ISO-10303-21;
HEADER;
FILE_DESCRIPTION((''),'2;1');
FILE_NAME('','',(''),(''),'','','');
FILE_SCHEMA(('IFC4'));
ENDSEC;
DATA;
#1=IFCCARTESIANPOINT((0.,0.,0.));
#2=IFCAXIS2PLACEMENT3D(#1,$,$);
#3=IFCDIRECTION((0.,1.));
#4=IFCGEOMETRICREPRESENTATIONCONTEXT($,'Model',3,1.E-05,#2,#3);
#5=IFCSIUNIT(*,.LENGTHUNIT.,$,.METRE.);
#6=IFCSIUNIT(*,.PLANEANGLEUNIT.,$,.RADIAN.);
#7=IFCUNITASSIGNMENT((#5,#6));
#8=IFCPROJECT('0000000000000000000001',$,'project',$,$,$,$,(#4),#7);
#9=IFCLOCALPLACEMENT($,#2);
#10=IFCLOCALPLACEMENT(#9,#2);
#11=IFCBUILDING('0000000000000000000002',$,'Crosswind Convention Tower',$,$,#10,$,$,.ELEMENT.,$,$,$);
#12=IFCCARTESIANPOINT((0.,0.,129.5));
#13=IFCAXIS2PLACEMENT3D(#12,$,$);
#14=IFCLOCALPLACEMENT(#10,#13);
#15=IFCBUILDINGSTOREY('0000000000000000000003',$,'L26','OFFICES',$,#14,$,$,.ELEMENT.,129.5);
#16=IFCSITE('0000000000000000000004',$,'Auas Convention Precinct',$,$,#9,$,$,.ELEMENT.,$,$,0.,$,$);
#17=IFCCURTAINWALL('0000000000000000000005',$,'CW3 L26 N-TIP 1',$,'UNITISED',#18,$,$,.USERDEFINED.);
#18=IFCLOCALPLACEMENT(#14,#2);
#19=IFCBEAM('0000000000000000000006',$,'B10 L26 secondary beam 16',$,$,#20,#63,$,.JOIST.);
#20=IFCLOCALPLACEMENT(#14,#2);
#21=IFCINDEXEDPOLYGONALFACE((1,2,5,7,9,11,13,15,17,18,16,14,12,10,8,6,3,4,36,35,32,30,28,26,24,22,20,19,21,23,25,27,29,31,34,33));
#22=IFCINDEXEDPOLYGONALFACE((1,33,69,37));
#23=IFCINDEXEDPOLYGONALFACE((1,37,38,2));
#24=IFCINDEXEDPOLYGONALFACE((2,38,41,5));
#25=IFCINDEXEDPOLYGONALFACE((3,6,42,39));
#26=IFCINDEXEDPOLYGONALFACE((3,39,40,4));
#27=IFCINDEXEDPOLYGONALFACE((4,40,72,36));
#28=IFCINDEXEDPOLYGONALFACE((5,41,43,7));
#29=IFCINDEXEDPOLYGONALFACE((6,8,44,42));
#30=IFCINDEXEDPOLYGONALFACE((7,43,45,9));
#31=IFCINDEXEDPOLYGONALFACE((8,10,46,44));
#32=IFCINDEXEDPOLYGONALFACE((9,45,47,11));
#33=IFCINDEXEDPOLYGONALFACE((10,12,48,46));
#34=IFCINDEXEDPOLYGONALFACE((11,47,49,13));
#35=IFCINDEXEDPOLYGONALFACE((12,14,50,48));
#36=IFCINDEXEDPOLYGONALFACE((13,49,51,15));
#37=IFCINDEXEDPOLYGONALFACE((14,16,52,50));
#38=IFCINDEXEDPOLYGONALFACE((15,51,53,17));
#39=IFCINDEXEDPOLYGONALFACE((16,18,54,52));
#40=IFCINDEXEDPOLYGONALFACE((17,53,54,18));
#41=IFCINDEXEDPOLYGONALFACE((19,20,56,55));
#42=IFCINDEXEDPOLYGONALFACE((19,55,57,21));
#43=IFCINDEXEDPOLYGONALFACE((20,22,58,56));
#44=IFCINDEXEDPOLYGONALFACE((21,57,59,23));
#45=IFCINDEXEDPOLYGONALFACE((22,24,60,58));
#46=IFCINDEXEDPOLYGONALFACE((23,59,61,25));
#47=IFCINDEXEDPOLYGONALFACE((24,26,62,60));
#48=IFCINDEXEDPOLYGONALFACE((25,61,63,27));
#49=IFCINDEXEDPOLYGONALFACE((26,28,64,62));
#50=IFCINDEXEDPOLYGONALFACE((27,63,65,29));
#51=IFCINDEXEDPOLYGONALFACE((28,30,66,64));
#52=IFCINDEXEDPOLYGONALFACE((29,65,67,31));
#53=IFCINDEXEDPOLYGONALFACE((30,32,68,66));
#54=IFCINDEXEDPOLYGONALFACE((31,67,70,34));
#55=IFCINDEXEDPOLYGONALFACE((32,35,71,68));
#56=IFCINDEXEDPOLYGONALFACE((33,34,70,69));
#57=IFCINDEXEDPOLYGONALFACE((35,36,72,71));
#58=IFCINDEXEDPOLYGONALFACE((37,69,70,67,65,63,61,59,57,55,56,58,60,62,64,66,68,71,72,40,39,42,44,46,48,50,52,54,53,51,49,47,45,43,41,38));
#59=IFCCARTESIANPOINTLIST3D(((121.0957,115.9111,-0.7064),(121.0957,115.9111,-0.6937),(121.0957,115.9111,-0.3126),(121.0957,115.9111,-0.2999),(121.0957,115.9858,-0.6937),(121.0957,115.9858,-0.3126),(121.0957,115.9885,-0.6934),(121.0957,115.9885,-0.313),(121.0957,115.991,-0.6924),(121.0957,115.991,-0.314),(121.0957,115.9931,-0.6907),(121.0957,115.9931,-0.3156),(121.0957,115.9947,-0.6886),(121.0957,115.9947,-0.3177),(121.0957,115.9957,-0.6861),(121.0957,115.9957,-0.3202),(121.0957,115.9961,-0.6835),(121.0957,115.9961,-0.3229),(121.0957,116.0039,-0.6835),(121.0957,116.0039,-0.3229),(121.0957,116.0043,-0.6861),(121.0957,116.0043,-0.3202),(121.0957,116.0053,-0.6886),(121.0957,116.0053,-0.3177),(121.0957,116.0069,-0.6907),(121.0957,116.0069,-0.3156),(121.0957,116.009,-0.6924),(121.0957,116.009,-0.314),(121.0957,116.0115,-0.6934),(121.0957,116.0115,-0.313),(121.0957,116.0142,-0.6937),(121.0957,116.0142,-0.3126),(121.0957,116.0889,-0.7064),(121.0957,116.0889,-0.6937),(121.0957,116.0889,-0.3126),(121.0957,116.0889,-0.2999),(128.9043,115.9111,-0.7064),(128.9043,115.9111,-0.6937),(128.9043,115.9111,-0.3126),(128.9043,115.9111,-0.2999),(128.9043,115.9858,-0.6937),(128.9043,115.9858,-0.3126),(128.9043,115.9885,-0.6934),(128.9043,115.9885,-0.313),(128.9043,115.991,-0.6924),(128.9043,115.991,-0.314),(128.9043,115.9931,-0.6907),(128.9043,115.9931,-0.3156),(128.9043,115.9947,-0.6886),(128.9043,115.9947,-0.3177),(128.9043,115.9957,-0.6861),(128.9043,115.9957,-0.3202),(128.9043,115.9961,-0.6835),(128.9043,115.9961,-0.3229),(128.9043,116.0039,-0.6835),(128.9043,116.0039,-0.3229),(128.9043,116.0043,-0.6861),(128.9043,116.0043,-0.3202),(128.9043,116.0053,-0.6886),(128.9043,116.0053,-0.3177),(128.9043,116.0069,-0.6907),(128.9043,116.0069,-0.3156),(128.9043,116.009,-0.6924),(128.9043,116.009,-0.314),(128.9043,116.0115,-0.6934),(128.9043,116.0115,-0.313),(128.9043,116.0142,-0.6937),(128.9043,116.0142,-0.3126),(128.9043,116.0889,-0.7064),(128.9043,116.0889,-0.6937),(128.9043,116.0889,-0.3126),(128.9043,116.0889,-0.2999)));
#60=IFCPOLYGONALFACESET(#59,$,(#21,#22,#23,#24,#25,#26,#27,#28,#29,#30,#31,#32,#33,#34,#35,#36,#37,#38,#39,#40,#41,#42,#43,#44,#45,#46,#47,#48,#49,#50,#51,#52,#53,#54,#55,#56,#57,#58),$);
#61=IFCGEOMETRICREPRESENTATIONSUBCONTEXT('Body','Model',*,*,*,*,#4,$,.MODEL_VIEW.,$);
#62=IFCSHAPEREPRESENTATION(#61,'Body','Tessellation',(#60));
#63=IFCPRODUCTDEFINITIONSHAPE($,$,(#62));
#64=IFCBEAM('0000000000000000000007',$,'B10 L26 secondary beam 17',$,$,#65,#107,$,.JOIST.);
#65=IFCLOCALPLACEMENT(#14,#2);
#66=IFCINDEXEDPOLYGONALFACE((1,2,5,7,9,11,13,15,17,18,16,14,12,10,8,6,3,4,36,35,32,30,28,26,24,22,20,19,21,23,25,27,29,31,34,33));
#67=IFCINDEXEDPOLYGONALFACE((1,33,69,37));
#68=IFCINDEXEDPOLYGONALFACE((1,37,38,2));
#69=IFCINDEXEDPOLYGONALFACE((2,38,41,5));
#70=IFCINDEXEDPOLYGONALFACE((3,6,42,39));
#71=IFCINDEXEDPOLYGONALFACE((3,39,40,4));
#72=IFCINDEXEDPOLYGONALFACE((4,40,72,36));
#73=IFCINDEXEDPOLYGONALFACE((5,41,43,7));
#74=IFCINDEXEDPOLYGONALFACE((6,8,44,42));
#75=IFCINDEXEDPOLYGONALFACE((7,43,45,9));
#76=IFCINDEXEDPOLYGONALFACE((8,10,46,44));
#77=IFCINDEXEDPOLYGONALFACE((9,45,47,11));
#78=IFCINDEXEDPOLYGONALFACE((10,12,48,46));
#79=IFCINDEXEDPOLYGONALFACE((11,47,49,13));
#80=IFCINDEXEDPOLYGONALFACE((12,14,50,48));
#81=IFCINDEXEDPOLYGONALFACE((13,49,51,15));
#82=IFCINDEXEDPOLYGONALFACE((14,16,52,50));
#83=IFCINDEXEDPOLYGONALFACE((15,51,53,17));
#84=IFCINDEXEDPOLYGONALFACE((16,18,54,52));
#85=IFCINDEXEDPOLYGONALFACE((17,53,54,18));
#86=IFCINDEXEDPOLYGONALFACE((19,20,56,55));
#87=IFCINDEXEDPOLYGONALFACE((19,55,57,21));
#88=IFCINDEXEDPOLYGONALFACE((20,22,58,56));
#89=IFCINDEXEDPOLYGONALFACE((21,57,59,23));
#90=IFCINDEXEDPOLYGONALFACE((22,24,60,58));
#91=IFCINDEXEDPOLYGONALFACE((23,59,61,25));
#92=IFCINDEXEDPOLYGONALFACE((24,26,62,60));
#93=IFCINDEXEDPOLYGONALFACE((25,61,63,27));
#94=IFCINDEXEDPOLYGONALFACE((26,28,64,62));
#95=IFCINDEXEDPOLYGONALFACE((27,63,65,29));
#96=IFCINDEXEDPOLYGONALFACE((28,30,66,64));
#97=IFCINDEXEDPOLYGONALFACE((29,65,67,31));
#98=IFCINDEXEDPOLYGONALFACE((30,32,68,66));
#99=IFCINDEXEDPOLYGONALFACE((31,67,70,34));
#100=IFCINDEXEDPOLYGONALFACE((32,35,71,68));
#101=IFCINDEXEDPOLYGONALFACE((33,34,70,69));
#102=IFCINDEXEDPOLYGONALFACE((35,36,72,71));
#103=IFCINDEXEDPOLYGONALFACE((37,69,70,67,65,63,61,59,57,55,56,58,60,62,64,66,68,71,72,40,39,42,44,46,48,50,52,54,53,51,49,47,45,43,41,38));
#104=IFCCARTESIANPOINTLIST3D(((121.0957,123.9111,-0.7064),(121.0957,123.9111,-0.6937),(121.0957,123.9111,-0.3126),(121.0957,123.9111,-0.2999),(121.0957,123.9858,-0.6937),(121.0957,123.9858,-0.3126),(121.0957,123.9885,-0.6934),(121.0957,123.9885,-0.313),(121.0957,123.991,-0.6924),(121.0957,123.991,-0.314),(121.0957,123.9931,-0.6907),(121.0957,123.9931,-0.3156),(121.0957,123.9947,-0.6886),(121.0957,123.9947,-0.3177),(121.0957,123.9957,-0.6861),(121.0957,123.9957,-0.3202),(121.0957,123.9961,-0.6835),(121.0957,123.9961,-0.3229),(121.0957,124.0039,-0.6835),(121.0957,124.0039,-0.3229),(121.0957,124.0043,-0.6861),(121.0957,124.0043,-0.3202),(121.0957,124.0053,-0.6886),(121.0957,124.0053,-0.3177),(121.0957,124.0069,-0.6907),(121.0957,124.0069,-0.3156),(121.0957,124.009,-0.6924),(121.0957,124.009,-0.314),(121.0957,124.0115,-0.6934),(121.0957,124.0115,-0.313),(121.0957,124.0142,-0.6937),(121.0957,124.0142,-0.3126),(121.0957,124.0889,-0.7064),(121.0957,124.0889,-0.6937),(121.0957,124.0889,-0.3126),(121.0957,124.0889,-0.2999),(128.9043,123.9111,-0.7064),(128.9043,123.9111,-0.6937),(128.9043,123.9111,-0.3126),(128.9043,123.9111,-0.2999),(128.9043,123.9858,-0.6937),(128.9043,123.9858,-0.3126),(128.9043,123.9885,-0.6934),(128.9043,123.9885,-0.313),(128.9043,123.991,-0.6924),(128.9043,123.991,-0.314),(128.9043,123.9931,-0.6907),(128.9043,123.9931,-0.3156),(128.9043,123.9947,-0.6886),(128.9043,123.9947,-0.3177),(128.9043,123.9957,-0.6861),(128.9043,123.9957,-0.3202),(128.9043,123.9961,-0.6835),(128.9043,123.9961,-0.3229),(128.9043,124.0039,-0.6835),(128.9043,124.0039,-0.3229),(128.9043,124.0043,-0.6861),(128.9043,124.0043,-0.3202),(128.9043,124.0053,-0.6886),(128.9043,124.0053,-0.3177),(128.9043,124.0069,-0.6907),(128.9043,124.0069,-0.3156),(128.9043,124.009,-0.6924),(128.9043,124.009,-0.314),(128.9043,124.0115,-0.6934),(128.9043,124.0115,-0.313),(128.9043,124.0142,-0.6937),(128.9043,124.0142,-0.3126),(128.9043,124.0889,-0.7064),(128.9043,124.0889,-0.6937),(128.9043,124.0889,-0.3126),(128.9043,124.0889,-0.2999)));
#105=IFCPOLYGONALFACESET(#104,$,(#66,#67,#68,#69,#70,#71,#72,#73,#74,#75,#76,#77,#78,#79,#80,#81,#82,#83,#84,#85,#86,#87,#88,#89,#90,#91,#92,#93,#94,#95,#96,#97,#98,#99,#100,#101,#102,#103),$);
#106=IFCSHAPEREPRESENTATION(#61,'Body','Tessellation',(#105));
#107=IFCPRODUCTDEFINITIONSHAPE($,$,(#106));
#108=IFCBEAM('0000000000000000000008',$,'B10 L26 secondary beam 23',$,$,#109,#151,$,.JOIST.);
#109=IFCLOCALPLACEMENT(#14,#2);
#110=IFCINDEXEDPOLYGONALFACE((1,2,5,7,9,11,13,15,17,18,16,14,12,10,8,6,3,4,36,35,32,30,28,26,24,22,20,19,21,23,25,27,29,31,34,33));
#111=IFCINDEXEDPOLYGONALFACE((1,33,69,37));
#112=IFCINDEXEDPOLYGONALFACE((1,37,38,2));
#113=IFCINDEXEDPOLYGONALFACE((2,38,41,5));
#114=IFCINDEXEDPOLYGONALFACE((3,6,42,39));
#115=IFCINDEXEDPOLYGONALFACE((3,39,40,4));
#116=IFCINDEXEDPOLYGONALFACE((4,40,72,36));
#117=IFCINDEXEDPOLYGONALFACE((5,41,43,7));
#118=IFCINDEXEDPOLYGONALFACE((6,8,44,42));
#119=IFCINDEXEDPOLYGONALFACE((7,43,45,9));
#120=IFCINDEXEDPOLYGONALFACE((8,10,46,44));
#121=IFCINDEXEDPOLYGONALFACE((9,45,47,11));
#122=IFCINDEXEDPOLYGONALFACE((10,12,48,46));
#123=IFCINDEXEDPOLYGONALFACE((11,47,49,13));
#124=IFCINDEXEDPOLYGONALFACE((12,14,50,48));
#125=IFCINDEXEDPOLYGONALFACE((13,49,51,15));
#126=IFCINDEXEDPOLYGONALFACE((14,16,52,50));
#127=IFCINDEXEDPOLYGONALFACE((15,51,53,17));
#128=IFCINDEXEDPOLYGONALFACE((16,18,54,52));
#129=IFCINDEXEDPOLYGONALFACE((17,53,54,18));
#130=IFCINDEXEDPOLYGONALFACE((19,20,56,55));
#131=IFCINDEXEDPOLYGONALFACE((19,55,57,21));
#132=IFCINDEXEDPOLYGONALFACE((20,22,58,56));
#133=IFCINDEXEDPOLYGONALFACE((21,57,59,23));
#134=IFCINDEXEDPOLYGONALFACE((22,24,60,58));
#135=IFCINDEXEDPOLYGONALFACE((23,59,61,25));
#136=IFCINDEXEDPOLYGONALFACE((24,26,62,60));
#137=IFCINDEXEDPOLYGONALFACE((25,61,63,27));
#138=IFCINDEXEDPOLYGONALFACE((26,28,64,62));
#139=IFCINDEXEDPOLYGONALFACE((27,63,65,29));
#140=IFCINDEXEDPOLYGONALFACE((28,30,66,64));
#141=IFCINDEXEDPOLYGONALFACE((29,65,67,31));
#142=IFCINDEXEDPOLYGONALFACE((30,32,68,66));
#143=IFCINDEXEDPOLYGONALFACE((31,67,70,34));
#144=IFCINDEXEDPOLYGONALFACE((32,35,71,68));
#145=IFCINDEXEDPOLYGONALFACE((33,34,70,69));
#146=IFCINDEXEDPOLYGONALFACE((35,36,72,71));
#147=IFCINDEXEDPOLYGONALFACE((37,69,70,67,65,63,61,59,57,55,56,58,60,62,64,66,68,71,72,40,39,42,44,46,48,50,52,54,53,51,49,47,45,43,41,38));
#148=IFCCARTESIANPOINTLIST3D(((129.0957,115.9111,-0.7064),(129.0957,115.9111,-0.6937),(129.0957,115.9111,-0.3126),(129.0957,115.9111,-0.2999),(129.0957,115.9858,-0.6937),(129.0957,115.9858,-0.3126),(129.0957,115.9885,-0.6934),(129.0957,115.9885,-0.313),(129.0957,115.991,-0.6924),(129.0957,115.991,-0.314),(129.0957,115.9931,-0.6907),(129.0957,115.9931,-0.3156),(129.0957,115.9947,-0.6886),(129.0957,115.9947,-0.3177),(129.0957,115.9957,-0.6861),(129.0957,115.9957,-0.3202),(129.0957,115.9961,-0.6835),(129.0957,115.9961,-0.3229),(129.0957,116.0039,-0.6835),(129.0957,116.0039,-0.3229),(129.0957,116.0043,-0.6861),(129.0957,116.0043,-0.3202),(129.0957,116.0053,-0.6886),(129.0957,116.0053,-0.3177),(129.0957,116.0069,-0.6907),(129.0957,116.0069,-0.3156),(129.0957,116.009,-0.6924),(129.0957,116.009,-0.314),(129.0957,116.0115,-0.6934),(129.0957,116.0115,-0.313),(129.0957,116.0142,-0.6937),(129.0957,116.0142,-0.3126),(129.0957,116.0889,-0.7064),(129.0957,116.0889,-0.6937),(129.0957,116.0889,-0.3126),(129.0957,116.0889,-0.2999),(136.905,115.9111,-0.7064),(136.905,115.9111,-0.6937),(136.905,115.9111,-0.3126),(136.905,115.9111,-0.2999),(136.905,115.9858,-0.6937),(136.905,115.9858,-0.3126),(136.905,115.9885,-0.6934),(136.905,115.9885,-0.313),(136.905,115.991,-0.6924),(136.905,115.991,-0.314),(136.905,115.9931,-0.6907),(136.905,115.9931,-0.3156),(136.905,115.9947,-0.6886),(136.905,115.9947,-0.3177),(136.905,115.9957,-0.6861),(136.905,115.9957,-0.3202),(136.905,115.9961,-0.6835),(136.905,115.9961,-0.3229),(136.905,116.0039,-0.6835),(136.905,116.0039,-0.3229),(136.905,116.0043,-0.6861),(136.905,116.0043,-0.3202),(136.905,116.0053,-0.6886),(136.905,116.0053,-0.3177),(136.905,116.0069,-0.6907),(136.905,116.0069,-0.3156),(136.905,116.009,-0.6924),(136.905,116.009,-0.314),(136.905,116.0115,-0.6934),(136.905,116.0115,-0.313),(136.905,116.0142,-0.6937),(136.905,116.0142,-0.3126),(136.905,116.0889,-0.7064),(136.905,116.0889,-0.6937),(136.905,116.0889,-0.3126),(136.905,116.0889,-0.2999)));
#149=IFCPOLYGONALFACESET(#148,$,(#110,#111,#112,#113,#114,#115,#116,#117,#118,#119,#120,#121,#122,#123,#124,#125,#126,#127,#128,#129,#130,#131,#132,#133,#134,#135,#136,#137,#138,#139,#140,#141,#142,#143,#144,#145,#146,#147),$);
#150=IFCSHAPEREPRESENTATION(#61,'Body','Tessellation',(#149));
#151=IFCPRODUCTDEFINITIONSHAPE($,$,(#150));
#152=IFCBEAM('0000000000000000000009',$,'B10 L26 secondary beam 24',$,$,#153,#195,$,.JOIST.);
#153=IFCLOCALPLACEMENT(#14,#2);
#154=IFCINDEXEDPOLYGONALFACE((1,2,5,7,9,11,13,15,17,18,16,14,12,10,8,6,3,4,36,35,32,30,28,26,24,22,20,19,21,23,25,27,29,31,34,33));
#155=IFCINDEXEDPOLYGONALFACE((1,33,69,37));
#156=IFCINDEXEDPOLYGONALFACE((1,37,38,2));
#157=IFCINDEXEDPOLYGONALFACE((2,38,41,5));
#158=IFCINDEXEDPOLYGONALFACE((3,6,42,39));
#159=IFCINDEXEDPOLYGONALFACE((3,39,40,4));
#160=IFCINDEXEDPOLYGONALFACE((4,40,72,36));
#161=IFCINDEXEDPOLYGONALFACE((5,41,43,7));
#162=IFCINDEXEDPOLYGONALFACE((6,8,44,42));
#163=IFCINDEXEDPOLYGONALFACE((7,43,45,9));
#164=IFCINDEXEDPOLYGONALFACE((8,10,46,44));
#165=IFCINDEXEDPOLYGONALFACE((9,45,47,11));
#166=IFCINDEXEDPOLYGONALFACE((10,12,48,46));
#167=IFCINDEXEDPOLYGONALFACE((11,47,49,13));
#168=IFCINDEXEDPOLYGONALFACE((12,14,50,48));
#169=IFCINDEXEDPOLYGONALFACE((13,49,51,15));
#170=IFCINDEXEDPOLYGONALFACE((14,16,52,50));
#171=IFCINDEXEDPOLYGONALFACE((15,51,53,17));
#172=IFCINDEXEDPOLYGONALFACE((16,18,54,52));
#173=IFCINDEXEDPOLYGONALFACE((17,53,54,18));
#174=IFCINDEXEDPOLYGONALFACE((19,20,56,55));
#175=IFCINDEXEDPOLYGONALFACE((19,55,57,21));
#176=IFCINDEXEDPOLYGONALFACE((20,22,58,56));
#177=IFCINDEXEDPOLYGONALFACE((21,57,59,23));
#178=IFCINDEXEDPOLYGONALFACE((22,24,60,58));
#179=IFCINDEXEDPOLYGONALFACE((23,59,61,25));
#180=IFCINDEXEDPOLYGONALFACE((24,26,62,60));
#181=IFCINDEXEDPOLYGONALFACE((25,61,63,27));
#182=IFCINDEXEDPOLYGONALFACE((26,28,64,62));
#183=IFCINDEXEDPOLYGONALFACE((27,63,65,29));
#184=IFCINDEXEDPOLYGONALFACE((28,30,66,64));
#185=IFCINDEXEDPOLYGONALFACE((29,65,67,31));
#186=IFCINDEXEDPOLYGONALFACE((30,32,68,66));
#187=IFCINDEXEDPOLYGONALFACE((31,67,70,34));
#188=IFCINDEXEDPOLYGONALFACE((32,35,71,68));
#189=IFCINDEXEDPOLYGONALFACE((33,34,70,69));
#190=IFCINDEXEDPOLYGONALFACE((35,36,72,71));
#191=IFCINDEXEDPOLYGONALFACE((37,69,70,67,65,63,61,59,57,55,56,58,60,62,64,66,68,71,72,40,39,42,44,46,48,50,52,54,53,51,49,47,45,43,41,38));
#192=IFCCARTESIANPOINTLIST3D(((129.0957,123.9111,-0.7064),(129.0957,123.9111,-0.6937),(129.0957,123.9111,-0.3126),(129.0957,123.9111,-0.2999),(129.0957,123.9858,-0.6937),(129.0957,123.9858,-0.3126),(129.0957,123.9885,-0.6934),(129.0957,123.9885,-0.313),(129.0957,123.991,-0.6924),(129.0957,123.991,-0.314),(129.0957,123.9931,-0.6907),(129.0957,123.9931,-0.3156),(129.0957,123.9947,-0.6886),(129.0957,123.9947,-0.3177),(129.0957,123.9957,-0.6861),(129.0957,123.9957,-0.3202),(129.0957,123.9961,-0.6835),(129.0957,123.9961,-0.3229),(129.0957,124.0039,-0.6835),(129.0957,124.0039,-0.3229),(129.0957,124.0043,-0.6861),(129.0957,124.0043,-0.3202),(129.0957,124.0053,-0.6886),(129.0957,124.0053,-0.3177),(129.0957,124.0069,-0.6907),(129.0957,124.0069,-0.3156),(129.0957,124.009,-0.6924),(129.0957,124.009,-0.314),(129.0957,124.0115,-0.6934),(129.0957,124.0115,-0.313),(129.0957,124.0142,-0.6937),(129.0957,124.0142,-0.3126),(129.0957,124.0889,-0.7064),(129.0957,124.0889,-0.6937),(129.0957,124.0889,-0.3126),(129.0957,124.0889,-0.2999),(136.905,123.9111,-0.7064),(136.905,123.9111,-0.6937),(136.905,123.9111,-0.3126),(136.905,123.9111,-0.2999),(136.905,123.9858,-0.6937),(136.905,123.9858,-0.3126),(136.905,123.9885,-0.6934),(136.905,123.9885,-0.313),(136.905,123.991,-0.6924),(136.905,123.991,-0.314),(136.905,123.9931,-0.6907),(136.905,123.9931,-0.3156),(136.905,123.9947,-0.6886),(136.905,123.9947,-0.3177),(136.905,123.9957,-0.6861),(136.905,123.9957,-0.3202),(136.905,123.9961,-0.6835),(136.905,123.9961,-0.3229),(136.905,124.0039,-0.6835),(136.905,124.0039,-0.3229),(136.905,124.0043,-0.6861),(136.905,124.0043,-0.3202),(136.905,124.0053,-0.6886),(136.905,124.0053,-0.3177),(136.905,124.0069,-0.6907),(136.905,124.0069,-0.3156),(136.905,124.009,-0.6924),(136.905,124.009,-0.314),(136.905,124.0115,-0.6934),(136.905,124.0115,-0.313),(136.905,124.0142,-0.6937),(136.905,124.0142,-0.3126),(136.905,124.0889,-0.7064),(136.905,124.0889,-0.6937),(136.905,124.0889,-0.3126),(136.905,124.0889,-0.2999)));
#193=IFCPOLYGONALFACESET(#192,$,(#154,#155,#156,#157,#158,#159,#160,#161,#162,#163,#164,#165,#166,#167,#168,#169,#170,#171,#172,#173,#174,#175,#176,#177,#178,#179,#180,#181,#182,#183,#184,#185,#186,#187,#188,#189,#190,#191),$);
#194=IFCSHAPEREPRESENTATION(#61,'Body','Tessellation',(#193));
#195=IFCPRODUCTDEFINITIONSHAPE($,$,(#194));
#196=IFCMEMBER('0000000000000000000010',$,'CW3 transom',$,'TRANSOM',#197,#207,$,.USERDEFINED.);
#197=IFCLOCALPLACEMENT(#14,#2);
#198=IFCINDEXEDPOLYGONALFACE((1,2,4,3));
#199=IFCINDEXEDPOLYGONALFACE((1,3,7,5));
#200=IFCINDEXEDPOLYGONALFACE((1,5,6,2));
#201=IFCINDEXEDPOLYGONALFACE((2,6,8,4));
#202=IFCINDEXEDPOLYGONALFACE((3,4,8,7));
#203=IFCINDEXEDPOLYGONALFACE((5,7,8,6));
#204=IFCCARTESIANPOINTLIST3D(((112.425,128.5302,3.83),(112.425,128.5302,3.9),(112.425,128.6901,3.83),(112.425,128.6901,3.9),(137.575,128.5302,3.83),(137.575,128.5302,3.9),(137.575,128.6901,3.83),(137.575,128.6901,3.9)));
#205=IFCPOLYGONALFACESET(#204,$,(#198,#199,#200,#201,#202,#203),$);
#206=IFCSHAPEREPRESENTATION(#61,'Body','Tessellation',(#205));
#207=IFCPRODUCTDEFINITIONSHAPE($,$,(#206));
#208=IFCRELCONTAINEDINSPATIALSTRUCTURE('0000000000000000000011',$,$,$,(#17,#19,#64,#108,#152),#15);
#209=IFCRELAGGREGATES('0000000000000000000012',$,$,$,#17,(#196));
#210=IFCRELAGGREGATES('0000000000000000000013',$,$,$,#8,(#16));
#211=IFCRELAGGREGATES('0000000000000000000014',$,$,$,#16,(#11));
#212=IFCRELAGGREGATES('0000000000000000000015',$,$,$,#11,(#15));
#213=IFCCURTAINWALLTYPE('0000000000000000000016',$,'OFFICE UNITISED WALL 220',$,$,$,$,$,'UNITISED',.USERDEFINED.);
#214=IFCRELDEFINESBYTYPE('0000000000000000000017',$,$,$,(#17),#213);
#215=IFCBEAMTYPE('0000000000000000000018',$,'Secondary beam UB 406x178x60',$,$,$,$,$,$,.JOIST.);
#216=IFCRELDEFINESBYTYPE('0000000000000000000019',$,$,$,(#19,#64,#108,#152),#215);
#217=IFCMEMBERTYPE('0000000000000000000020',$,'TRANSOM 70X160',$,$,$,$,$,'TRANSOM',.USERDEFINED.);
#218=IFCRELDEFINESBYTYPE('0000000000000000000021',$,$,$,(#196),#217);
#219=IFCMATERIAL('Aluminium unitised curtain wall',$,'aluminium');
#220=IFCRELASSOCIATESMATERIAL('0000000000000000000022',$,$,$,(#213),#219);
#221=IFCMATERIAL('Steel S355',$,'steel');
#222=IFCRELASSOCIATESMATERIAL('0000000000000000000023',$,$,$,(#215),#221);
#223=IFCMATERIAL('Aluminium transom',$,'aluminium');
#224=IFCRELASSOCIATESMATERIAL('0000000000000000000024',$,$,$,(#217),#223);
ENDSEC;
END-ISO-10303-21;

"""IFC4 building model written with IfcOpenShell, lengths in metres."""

from ifc_helpers import new_model, si_unit, direction, frame, origin, origin_2d, place, context, subcontext, project, spatial, rectangle, i_section, extrude, material, material_profile, profile_set, type_object, element, aggregate, save


model = new_model("IFC4")

# Units and contexts
model_context = context("Model", 3, precision=1e-05, world=origin(), true_north=direction((0.0, 1.0)))
body_context = subcontext(model_context, "Body", "Model", "MODEL_VIEW")
ifc_project = project(units=[si_unit("LENGTHUNIT", "METRE"), si_unit("PLANEANGLEUNIT", "RADIAN")], contexts=[model_context])

# Site, building, storey
site_placement = place(None, origin())
site = spatial("IfcSite", under=ifc_project, at=site_placement, Name="Auas Convention Precinct", CompositionType="ELEMENT", RefElevation=0.0)
building_placement = place(site_placement, origin())
building = spatial("IfcBuilding", under=site, at=building_placement, Name="Crosswind Convention Tower", CompositionType="ELEMENT")
storey_placement = place(building_placement, frame((0.0, 0.0, 129.5)))
storey = spatial("IfcBuildingStorey", under=building, at=storey_placement, Name="L26", Description="OFFICES", CompositionType="ELEMENT", Elevation=129.5)

# Shared definitions
ifc_material_1 = material(Name="Steel S355", Category="steel")

# Curtain wall
ifc_material_2 = material(Name="Aluminium unitised curtain wall", Category="aluminium")
curtain_wall_type = type_object("IfcCurtainWallType", Name="OFFICE UNITISED WALL 220", ElementType="UNITISED", PredefinedType="USERDEFINED", material=ifc_material_2)
curtain_wall_placement = place(storey_placement, origin())
curtain_wall = element("IfcCurtainWall", 1, at=curtain_wall_placement, inside=storey, type_object=curtain_wall_type, Name="CW3 L26 N-TIP 1", ObjectType="UNITISED", PredefinedType="USERDEFINED")

# Beams
ifc_material_profile_1 = material_profile(ifc_material_1, i_section(OverallWidth=0.1777, OverallDepth=0.4065, WebThickness=0.0078, FlangeThickness=0.0127, FilletRadius=0.0103, at=origin_2d()), Name="UB 406x178x60")
ifc_profile_set_1 = profile_set([ifc_material_profile_1], Name="Steel S355")
beam_type_1 = type_object("IfcBeamType", Name="Secondary beam UB 406x178x60", PredefinedType="JOIST", material=ifc_profile_set_1)
for number, where, z_axis, x_axis, name in (
    (2, (121.0957, 116.0, -0.5032), (1.0, 0.0, 0.0), (0.0, 1.0, 0.0), "B10 L26 secondary beam 16"),
    (3, (121.0957, 124.0, -0.5032), (1.0, 0.0, 0.0), (0.0, 1.0, 0.0), "B10 L26 secondary beam 17"),
):
    element("IfcBeam", number, at=place(storey_placement, frame(where, z_axis=z_axis, x_axis=x_axis)), inside=storey, type_object=beam_type_1, Name=name, PredefinedType="JOIST", context=body_context, shape_type="SweptSolid", body=[
        extrude(i_section(OverallWidth=0.1777, OverallDepth=0.4065, WebThickness=0.0078, FlangeThickness=0.0127, FilletRadius=0.0103, at=origin_2d()), origin(), (0.0, 0.0, 1.0), 7.8086),
    ])
for number, where, z_axis, x_axis, name in (
    (4, (129.0957, 116.0, -0.5032), (1.0, 0.0, 0.0), (0.0, 1.0, 0.0), "B10 L26 secondary beam 23"),
    (5, (129.0957, 124.0, -0.5032), (1.0, 0.0, 0.0), (0.0, 1.0, 0.0), "B10 L26 secondary beam 24"),
):
    element("IfcBeam", number, at=place(storey_placement, frame(where, z_axis=z_axis, x_axis=x_axis)), inside=storey, type_object=beam_type_1, Name=name, PredefinedType="JOIST", context=body_context, shape_type="SweptSolid", body=[
        extrude(i_section(OverallWidth=0.1777, OverallDepth=0.4065, WebThickness=0.0078, FlangeThickness=0.0127, FilletRadius=0.0103, at=origin_2d()), origin(), (0.0, 0.0, 1.0), 7.8093),
    ])

# Member
ifc_material_3 = material(Name="Aluminium transom", Category="aluminium")
ifc_material_profile_2 = material_profile(ifc_material_3, rectangle(XDim=0.1599, YDim=0.0701, at=origin_2d()), Name="AL 160X70")
ifc_profile_set_2 = profile_set([ifc_material_profile_2], Name="Aluminium transom")
member_type_1 = type_object("IfcMemberType", Name="TRANSOM 70X160", ElementType="TRANSOM", PredefinedType="USERDEFINED", material=ifc_profile_set_2)
member_1_placement = place(storey_placement, frame((137.575, 128.6101, 3.865), z_axis=(-1.0, 0.0, 0.0), x_axis=(0.0, -1.0, 0.0)))
member_1 = element("IfcMember", 6, at=member_1_placement, type_object=member_type_1, Name="CW3 transom", ObjectType="TRANSOM", PredefinedType="USERDEFINED", context=body_context, shape_type="SweptSolid", body=[
    extrude(rectangle(XDim=0.1599, YDim=0.0701, at=origin_2d()), origin(), (0.0, 0.0, 1.0), 25.1499),
])

aggregate(curtain_wall, [member_1])

save(model, "model.ifc")
